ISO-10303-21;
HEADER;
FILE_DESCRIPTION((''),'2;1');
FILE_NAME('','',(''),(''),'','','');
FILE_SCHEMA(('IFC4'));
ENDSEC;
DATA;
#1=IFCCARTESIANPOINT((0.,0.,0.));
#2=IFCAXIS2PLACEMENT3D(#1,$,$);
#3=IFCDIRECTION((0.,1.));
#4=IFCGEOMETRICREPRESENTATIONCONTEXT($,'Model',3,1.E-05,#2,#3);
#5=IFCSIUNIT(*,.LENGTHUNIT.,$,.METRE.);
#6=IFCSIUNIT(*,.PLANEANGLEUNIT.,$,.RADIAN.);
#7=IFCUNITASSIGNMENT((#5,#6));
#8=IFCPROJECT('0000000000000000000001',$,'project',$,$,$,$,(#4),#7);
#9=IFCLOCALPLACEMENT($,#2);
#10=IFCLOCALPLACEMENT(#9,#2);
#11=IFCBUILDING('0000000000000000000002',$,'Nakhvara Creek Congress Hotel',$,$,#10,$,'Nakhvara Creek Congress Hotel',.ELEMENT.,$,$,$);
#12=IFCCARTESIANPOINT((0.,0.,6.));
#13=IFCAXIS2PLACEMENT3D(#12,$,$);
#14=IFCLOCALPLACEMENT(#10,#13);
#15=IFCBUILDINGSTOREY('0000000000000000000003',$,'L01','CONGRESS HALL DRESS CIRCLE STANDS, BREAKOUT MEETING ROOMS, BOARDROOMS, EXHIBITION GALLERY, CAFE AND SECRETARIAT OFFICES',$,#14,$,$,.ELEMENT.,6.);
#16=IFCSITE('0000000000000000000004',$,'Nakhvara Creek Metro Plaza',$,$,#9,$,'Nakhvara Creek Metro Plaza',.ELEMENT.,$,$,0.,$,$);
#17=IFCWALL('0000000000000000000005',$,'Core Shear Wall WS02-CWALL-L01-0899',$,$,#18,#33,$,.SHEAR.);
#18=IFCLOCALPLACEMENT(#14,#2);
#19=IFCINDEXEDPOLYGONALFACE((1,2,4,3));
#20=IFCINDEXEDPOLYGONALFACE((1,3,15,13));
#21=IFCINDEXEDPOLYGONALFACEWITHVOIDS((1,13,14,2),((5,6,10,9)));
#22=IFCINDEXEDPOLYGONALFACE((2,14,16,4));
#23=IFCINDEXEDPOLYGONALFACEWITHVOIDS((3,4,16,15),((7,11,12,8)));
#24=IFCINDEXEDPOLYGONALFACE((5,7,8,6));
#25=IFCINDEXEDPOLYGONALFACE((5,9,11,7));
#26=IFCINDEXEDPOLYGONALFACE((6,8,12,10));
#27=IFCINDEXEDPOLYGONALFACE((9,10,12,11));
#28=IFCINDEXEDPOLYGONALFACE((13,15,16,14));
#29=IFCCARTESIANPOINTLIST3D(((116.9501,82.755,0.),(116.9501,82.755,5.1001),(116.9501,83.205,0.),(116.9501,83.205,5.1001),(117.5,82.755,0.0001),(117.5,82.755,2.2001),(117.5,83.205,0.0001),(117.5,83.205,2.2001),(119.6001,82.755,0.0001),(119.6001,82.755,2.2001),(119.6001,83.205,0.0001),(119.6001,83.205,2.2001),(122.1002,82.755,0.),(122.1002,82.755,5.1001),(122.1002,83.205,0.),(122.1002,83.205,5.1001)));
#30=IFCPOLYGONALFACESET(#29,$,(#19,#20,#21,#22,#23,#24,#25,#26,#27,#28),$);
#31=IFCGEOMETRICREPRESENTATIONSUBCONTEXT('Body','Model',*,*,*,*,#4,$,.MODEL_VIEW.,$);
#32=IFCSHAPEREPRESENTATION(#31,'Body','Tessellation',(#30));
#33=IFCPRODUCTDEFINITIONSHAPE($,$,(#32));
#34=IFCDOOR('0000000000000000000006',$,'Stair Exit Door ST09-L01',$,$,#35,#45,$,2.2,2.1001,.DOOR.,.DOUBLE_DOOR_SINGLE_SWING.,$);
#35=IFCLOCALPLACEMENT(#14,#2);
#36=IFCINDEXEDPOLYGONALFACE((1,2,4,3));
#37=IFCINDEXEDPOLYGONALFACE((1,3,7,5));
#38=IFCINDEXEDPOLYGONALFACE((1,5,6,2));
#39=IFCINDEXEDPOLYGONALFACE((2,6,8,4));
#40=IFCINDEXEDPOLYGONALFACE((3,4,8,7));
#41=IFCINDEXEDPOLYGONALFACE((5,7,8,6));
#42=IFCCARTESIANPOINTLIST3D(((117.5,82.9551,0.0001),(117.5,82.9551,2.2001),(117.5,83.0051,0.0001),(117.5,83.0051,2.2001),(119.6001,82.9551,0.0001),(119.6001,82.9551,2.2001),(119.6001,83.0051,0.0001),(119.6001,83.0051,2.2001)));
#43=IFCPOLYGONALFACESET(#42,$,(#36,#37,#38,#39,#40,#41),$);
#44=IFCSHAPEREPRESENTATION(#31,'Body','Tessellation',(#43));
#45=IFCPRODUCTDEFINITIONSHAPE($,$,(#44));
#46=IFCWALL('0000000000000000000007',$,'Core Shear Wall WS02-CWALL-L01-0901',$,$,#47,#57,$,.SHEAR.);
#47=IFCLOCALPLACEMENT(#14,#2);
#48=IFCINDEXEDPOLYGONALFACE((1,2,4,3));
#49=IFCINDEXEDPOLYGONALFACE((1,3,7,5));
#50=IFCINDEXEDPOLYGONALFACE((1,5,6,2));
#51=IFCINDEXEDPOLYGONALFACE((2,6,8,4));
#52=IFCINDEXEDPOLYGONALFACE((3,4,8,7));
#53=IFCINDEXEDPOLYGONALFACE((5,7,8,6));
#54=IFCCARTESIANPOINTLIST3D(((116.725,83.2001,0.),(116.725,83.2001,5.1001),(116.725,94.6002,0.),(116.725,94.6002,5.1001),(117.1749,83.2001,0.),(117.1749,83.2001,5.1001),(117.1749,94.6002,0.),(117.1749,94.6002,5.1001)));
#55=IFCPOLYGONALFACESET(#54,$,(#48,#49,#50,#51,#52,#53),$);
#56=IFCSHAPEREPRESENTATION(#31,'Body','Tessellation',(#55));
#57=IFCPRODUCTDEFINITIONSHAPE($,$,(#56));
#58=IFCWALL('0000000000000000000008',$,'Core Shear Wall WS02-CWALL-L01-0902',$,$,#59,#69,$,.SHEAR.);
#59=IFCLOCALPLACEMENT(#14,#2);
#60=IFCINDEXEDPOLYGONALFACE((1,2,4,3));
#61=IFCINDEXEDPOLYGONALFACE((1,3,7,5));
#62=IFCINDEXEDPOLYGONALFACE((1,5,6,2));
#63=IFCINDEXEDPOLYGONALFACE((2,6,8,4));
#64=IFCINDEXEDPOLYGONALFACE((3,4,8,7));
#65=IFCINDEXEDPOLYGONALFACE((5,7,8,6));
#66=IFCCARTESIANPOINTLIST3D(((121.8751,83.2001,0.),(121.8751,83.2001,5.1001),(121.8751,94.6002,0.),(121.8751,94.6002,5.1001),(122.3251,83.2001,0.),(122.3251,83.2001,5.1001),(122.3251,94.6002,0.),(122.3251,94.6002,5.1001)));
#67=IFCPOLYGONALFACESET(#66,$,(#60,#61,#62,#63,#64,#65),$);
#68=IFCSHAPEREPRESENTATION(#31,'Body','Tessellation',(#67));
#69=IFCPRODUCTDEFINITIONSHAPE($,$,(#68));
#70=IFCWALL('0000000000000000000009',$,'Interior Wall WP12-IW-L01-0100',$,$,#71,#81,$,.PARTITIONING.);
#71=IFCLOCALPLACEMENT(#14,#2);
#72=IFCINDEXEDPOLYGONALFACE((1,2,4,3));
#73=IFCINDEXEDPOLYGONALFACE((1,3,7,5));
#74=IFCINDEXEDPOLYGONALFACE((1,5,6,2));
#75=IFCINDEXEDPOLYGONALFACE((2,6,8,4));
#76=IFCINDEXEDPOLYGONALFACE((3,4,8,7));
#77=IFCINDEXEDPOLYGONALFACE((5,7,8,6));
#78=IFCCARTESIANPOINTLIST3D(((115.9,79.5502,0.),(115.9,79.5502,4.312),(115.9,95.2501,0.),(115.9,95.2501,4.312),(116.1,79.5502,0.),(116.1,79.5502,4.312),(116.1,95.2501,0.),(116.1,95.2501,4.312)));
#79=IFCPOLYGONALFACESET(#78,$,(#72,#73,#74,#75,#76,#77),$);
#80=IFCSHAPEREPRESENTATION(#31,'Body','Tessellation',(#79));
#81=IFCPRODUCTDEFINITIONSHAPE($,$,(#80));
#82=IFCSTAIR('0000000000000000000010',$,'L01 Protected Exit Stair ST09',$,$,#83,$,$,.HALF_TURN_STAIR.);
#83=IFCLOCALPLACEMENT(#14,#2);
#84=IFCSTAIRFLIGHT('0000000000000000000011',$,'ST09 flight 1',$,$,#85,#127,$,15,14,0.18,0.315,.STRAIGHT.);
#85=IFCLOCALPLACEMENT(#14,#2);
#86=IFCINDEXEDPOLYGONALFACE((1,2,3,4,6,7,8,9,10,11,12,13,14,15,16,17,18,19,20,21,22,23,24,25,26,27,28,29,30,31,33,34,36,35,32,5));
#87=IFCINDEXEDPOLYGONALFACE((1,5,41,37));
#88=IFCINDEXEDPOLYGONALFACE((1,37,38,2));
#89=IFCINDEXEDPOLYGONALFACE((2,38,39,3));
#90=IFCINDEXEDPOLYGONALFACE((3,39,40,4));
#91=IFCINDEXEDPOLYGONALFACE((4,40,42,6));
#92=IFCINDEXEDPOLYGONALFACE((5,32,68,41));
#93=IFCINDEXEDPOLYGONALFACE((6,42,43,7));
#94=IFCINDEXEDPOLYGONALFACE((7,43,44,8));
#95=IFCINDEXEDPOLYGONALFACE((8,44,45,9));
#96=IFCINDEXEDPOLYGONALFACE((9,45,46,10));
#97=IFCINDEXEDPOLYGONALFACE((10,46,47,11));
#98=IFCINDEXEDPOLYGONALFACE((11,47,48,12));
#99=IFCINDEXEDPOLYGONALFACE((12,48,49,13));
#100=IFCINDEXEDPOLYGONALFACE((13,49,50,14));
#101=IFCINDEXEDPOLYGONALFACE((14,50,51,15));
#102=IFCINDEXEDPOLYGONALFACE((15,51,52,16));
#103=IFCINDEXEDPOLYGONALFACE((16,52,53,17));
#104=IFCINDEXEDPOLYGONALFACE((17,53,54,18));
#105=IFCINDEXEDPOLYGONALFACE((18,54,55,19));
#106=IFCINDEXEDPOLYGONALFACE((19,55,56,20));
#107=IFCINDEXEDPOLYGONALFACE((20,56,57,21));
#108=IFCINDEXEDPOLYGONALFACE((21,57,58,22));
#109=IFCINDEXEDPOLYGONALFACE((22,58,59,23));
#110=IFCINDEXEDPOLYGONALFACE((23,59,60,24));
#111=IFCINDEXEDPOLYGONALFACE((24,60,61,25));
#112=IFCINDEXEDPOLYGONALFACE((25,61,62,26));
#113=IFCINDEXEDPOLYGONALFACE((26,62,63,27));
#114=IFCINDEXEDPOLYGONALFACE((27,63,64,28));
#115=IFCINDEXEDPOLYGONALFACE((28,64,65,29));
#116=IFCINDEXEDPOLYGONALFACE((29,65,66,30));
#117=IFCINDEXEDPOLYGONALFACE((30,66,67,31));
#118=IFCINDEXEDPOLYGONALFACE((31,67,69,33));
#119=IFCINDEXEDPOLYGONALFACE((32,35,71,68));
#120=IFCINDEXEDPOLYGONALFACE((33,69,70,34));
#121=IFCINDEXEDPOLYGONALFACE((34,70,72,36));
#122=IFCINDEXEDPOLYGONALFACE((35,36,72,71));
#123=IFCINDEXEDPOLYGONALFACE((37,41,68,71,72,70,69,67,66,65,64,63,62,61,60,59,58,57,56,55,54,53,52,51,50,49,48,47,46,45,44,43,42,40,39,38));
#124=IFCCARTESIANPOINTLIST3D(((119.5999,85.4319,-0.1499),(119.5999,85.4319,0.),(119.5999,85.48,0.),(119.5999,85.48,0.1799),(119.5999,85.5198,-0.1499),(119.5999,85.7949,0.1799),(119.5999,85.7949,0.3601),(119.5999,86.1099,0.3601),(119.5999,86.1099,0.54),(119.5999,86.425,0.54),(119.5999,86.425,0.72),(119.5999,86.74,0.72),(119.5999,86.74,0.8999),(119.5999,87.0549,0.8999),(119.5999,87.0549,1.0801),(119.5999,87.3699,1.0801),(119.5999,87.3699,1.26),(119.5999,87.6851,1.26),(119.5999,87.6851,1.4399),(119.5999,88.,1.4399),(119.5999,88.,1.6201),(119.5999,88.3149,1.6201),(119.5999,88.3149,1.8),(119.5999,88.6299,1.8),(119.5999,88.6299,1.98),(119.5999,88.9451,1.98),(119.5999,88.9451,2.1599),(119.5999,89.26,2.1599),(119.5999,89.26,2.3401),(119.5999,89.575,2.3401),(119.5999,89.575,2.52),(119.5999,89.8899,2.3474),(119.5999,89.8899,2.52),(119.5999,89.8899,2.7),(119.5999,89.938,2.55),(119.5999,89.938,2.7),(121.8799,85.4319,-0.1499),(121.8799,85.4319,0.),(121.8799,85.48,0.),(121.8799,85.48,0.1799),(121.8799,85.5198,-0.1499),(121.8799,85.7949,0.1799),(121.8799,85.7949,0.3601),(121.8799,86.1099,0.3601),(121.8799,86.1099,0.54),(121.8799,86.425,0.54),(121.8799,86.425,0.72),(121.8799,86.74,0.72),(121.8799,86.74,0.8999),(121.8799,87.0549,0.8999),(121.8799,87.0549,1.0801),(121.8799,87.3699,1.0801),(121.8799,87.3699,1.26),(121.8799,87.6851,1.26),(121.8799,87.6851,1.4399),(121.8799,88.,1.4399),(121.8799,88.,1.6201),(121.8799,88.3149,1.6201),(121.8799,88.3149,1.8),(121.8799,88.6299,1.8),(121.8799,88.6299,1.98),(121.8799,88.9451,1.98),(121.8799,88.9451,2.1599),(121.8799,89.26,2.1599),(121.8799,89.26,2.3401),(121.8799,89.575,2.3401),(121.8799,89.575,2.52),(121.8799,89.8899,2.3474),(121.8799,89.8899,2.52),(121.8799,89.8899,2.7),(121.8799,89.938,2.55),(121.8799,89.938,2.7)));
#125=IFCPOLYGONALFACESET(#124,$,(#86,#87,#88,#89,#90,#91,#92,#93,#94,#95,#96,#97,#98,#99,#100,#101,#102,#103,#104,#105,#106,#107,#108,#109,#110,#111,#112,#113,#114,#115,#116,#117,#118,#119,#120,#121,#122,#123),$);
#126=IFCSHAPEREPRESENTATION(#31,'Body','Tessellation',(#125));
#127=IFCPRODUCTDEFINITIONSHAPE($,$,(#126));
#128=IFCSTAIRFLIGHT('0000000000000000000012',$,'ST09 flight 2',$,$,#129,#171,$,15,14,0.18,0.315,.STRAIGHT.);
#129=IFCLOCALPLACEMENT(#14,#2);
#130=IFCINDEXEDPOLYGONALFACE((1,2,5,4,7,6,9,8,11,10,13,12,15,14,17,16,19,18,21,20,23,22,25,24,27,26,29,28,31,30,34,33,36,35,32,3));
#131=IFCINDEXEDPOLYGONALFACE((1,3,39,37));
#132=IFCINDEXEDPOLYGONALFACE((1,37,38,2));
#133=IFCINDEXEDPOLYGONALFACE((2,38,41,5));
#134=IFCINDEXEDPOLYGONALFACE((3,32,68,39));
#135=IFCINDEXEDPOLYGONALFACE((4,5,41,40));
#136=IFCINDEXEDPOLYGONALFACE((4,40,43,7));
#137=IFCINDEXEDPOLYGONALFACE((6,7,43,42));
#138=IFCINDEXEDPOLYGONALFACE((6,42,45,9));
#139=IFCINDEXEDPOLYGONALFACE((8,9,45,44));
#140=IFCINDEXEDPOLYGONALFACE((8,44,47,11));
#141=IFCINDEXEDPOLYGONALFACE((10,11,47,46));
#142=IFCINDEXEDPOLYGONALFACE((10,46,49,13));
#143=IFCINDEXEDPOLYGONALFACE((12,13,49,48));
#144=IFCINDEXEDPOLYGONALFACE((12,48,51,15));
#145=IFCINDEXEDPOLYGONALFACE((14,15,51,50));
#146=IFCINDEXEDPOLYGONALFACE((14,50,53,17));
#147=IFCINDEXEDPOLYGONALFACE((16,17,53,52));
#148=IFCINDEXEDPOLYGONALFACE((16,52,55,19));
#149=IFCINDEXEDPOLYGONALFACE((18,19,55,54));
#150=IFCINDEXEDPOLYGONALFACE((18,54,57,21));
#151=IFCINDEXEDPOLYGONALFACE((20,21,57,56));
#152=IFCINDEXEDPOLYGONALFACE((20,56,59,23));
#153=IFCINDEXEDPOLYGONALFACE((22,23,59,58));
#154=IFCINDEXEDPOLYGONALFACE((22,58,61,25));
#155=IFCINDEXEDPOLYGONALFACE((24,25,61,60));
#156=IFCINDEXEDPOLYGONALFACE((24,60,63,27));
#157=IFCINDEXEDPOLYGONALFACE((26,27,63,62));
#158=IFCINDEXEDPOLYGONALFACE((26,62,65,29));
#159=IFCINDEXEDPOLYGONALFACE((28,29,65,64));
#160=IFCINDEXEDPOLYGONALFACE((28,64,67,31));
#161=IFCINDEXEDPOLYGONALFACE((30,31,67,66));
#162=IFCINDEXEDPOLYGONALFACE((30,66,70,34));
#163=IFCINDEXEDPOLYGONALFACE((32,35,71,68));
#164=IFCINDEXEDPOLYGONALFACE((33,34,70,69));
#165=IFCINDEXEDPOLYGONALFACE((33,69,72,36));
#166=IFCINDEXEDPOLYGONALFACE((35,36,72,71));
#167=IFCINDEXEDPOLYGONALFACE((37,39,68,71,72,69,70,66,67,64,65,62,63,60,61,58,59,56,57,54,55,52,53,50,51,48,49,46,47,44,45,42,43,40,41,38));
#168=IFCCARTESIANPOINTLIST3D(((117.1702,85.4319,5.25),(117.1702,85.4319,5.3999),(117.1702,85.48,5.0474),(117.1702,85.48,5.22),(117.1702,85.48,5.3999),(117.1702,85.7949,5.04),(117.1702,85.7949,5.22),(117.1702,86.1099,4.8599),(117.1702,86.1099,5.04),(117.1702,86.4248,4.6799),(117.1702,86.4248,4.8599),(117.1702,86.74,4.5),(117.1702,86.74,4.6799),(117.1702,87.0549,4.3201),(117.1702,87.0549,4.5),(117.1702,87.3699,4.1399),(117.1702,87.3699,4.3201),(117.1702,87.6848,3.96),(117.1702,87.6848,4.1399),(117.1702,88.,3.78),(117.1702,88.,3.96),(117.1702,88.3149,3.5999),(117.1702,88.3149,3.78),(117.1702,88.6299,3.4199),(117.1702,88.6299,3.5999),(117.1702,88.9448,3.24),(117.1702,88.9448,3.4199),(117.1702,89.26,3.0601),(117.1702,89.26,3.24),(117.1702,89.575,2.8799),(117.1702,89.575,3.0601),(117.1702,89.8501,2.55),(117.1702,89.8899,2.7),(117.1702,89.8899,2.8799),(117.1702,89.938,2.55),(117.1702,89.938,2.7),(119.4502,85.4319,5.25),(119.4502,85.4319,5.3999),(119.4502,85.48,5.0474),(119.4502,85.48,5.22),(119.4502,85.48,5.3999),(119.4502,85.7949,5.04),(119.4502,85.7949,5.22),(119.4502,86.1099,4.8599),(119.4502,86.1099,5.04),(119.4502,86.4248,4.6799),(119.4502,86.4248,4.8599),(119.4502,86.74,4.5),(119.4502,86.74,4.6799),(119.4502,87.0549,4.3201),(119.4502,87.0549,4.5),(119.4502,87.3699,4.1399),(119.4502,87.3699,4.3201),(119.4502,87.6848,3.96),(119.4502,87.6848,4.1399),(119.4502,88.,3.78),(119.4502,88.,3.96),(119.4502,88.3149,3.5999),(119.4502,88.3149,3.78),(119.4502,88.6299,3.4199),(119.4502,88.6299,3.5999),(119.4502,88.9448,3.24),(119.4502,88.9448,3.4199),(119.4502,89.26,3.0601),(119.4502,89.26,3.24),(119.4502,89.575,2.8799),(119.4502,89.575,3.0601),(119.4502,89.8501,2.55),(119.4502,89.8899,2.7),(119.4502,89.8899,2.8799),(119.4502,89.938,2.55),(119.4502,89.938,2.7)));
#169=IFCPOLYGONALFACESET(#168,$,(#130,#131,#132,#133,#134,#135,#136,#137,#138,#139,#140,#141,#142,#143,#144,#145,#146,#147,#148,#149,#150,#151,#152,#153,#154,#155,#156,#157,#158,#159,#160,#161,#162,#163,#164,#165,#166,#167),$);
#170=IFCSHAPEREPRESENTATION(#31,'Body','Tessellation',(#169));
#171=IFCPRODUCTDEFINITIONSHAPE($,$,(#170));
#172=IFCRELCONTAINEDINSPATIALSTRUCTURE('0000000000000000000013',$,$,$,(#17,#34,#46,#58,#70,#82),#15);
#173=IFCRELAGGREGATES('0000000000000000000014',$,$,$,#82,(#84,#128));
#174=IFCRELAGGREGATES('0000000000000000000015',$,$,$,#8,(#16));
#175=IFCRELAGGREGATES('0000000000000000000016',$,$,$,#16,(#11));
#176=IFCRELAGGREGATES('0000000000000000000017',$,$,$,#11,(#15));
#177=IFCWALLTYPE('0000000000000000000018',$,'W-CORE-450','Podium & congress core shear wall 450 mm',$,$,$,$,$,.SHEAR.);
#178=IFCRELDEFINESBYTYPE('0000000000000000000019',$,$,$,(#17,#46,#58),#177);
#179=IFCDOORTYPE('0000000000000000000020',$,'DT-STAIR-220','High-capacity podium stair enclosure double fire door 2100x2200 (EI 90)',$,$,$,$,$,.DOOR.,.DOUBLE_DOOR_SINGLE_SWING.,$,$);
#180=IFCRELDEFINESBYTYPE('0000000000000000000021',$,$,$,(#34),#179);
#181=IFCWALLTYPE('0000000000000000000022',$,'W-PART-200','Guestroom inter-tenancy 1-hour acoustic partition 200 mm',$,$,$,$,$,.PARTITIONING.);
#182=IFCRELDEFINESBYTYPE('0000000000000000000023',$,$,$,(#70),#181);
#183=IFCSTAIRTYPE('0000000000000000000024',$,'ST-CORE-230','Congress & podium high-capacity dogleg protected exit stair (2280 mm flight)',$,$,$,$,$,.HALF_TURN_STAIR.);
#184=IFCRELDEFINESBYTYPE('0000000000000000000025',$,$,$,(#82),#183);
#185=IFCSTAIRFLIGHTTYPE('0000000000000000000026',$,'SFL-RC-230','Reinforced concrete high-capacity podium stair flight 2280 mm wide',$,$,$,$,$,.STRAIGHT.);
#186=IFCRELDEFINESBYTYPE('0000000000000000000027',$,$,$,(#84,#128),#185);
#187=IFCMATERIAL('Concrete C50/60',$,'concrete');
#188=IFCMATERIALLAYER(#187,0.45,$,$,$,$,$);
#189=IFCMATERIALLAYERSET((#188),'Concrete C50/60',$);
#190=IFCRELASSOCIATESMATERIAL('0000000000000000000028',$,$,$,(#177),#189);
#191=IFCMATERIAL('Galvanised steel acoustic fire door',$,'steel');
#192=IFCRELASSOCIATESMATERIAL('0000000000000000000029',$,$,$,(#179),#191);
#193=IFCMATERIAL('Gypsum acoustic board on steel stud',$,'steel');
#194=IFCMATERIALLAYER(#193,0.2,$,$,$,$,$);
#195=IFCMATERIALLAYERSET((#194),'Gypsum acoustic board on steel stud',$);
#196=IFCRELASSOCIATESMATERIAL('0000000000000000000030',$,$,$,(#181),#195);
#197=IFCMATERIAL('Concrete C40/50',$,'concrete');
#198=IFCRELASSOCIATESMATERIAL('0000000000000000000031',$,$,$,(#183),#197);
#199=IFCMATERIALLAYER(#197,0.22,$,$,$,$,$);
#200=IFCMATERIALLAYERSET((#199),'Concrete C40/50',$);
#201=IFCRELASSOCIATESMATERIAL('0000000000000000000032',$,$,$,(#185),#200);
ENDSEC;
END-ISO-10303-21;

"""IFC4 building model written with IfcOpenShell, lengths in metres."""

from ifc_helpers import new_model, si_unit, direction, frame, frame_2d, origin, place, context, subcontext, project, spatial, polyline, rectangle, outline, extrude, material, layer, layer_set, type_object, element, fill, aggregate, save


model = new_model("IFC4")

# Units and contexts
model_context = context("Model", 3, precision=1e-05, world=origin(), true_north=direction((0.0, 1.0)))
body_context = subcontext(model_context, "Body", "Model", "MODEL_VIEW")
ifc_project = project(units=[si_unit("LENGTHUNIT", "METRE"), si_unit("PLANEANGLEUNIT", "RADIAN")], contexts=[model_context])

# Site, building, storey
site_placement = place(None, origin())
site = spatial("IfcSite", under=ifc_project, at=site_placement, Name="Nakhvara Creek Metro Plaza", LongName="Nakhvara Creek Metro Plaza", CompositionType="ELEMENT", RefElevation=0.0)
building_placement = place(site_placement, origin())
building = spatial("IfcBuilding", under=site, at=building_placement, Name="Nakhvara Creek Congress Hotel", LongName="Nakhvara Creek Congress Hotel", CompositionType="ELEMENT")
storey_placement = place(building_placement, frame((0.0, 0.0, 6.0)))
storey = spatial("IfcBuildingStorey", under=building, at=storey_placement, Name="L01", Description="CONGRESS HALL DRESS CIRCLE STANDS, BREAKOUT MEETING ROOMS, BOARDROOMS, EXHIBITION GALLERY, CAFE AND SECRETARIAT OFFICES", CompositionType="ELEMENT", Elevation=6.0)

# Shared definitions
ifc_material_1 = material(Name="Concrete C50/60", Category="concrete")

# Shared definitions
ifc_material_2 = material(Name="Concrete C40/50", Category="concrete")

# Wall, opening, door
ifc_layer_1 = layer(ifc_material_1, 0.45)
ifc_layer_set_1 = layer_set([ifc_layer_1], Name="Concrete C50/60")
wall_type_1 = type_object("IfcWallType", Name="W-CORE-450", Description="Podium & congress core shear wall 450 mm", PredefinedType="SHEAR", material=ifc_layer_set_1)
wall_1_placement = place(storey_placement, frame((116.95, 82.98, 0.0), z_axis=(0.0, 0.0, 1.0), x_axis=(1.0, 0.0, 0.0)))
wall_1 = element("IfcWall", 1, at=wall_1_placement, inside=storey, type_object=wall_type_1, Name="Core Shear Wall WS02-CWALL-L01-0899", PredefinedType="SHEAR", context=body_context, shape_type="SweptSolid", body=[
    extrude(rectangle(XDim=5.1501, YDim=0.45, at=frame_2d((2.5752, 0.0))), origin(), (0.0, 0.0, 1.0), 5.1001),
])
opening_placement = place(wall_1_placement, frame((0.55, 0.0, 0.0)))
opening = element("IfcOpeningElement", 2, at=opening_placement, cuts=wall_1, PredefinedType="OPENING", context=body_context, shape_type="SweptSolid", body=[
    extrude(rectangle(XDim=2.1001, YDim=2.2, at=frame_2d((1.05, 1.1001))), frame((0.0, 0.2368, 0.0), z_axis=(0.0, -1.0, 0.0), x_axis=(1.0, 0.0, 0.0)), (0.0, 0.0, 1.0), 0.4739),
])
ifc_material_3 = material(Name="Galvanised steel acoustic fire door", Category="steel")
door_type = type_object("IfcDoorType", Name="DT-STAIR-220", Description="High-capacity podium stair enclosure double fire door 2100x2200 (EI 90)", OperationType="DOUBLE_DOOR_SINGLE_SWING", PredefinedType="DOOR", material=ifc_material_3)
door_placement = place(opening_placement, frame((2.1001, 0.0, 0.0), z_axis=(0.0, 0.0, 1.0), x_axis=(-1.0, 0.0, 0.0)))
door = element("IfcDoor", 3, at=door_placement, inside=storey, type_object=door_type, Name="Stair Exit Door ST09-L01", OperationType="DOUBLE_DOOR_SINGLE_SWING", OverallHeight=2.2, OverallWidth=2.1001, PredefinedType="DOOR", context=body_context, shape_type="SweptSolid", body=[
    extrude(rectangle(XDim=2.1001, YDim=2.2, at=frame_2d((1.05, 1.1001))), frame((0.0, 0.0249, 0.0), z_axis=(0.0, -1.0, 0.0), x_axis=(1.0, 0.0, 0.0)), (0.0, 0.0, 1.0), 0.05),
])
fill(opening, door)

# Walls
for number, where, z_axis, x_axis, name in (
    (4, (116.95, 83.2, 0.0), (0.0, 0.0, 1.0), (0.0, 1.0, 0.0), "Core Shear Wall WS02-CWALL-L01-0901"),
    (5, (122.1001, 83.2, 0.0), (0.0, 0.0, 1.0), (0.0, 1.0, 0.0), "Core Shear Wall WS02-CWALL-L01-0902"),
):
    element("IfcWall", number, at=place(storey_placement, frame(where, z_axis=z_axis, x_axis=x_axis)), inside=storey, type_object=wall_type_1, Name=name, PredefinedType="SHEAR", context=body_context, shape_type="SweptSolid", body=[
        extrude(rectangle(XDim=11.4001, YDim=0.45, at=frame_2d((5.7002, 0.0))), origin(), (0.0, 0.0, 1.0), 5.1001),
    ])
ifc_material_4 = material(Name="Gypsum acoustic board on steel stud", Category="steel")
ifc_layer_2 = layer(ifc_material_4, 0.2)
ifc_layer_set_2 = layer_set([ifc_layer_2], Name="Gypsum acoustic board on steel stud")
wall_type_2 = type_object("IfcWallType", Name="W-PART-200", Description="Guestroom inter-tenancy 1-hour acoustic partition 200 mm", PredefinedType="PARTITIONING", material=ifc_layer_set_2)
wall_2_placement = place(storey_placement, frame((116.0, 79.55, 0.0), z_axis=(0.0, 0.0, 1.0), x_axis=(0.0, 1.0, 0.0)))
element("IfcWall", 6, at=wall_2_placement, inside=storey, type_object=wall_type_2, Name="Interior Wall WP12-IW-L01-0100", PredefinedType="PARTITIONING", context=body_context, shape_type="SweptSolid", body=[
    extrude(rectangle(XDim=15.7, YDim=0.2, at=frame_2d((7.8501, 0.0))), origin(), (0.0, 0.0, 1.0), 4.312),
])

# Stair, stair flights
stair_type = type_object("IfcStairType", Name="ST-CORE-230", Description="Congress & podium high-capacity dogleg protected exit stair (2280 mm flight)", PredefinedType="HALF_TURN_STAIR", material=ifc_material_2)
stair_placement = place(storey_placement, origin())
stair = element("IfcStair", 7, at=stair_placement, inside=storey, type_object=stair_type, Name="L01 Protected Exit Stair ST09", PredefinedType="HALF_TURN_STAIR")
ifc_layer_3 = layer(ifc_material_2, 0.22)
ifc_layer_set_3 = layer_set([ifc_layer_3], Name="Concrete C40/50")
stair_flight_type = type_object("IfcStairFlightType", Name="SFL-RC-230", Description="Reinforced concrete high-capacity podium stair flight 2280 mm wide", PredefinedType="STRAIGHT", material=ifc_layer_set_3)
stair_flight_1_placement = place(storey_placement, frame((120.74, 85.48, 0.0), z_axis=(0.0, 0.0, 1.0), x_axis=(0.0, 1.0, 0.0)))
stair_flight_1 = element("IfcStairFlight", 8, at=stair_flight_1_placement, type_object=stair_flight_type, Name="ST09 flight 1", NumberOfRisers=15, NumberOfTreads=14, PredefinedType="STRAIGHT", RiserHeight=0.18, TreadLength=0.315, context=body_context, shape_type="SweptSolid", body=[
    extrude(outline(polyline([(-0.0481, 0.0), (0.0, 0.0), (0.0, 0.1799), (0.3149, 0.1799), (0.3149, 0.3601), (0.6299, 0.3601), (0.6299, 0.54), (0.9451, 0.54), (0.9451, 0.72), (1.26, 0.72), (1.26, 0.8999), (1.575, 0.8999), (1.575, 1.0801), (1.8899, 1.0801), (1.8899, 1.26), (2.2051, 1.26), (2.2051, 1.4399), (2.52, 1.4399), (2.52, 1.6201), (2.835, 1.6201), (2.835, 1.8), (3.1499, 1.8), (3.1499, 1.98), (3.4651, 1.98), (3.4651, 2.1599), (3.78, 2.1599), (3.78, 2.3401), (4.095, 2.3401), (4.095, 2.52), (4.4099, 2.52), (4.4099, 2.7), (4.458, 2.7), (4.458, 2.55), (4.4099, 2.3474), (0.0398, -0.1499), (-0.0481, -0.1499), (-0.0481, 0.0)])), frame((0.0, 1.1401, 0.0), z_axis=(0.0, -1.0, 0.0), x_axis=(1.0, 0.0, 0.0)), (0.0, 0.0, 1.0), 2.28),
])
stair_flight_2_placement = place(storey_placement, frame((118.3101, 89.8899, 2.7), z_axis=(0.0, 0.0, 1.0), x_axis=(0.0, -1.0, 0.0)))
stair_flight_2 = element("IfcStairFlight", 9, at=stair_flight_2_placement, type_object=stair_flight_type, Name="ST09 flight 2", NumberOfRisers=15, NumberOfTreads=14, PredefinedType="STRAIGHT", RiserHeight=0.18, TreadLength=0.315, context=body_context, shape_type="SweptSolid", body=[
    extrude(outline(polyline([(-0.0481, 0.0), (0.0, 0.0), (0.0, 0.1799), (0.3149, 0.1799), (0.3149, 0.3601), (0.6299, 0.3601), (0.6299, 0.54), (0.9451, 0.54), (0.9451, 0.72), (1.26, 0.72), (1.26, 0.8999), (1.575, 0.8999), (1.575, 1.0801), (1.8899, 1.0801), (1.8899, 1.26), (2.2051, 1.26), (2.2051, 1.4399), (2.52, 1.4399), (2.52, 1.6201), (2.835, 1.6201), (2.835, 1.8), (3.1499, 1.8), (3.1499, 1.98), (3.4651, 1.98), (3.4651, 2.1599), (3.78, 2.1599), (3.78, 2.3401), (4.095, 2.3401), (4.095, 2.52), (4.4099, 2.52), (4.4099, 2.7), (4.458, 2.7), (4.458, 2.55), (4.4099, 2.3474), (0.0398, -0.1499), (-0.0481, -0.1499), (-0.0481, 0.0)])), frame((0.0, 1.1401, 0.0), z_axis=(0.0, -1.0, 0.0), x_axis=(1.0, 0.0, 0.0)), (0.0, 0.0, 1.0), 2.28),
])
aggregate(stair, [stair_flight_1, stair_flight_2])

save(model, "model.ifc")
